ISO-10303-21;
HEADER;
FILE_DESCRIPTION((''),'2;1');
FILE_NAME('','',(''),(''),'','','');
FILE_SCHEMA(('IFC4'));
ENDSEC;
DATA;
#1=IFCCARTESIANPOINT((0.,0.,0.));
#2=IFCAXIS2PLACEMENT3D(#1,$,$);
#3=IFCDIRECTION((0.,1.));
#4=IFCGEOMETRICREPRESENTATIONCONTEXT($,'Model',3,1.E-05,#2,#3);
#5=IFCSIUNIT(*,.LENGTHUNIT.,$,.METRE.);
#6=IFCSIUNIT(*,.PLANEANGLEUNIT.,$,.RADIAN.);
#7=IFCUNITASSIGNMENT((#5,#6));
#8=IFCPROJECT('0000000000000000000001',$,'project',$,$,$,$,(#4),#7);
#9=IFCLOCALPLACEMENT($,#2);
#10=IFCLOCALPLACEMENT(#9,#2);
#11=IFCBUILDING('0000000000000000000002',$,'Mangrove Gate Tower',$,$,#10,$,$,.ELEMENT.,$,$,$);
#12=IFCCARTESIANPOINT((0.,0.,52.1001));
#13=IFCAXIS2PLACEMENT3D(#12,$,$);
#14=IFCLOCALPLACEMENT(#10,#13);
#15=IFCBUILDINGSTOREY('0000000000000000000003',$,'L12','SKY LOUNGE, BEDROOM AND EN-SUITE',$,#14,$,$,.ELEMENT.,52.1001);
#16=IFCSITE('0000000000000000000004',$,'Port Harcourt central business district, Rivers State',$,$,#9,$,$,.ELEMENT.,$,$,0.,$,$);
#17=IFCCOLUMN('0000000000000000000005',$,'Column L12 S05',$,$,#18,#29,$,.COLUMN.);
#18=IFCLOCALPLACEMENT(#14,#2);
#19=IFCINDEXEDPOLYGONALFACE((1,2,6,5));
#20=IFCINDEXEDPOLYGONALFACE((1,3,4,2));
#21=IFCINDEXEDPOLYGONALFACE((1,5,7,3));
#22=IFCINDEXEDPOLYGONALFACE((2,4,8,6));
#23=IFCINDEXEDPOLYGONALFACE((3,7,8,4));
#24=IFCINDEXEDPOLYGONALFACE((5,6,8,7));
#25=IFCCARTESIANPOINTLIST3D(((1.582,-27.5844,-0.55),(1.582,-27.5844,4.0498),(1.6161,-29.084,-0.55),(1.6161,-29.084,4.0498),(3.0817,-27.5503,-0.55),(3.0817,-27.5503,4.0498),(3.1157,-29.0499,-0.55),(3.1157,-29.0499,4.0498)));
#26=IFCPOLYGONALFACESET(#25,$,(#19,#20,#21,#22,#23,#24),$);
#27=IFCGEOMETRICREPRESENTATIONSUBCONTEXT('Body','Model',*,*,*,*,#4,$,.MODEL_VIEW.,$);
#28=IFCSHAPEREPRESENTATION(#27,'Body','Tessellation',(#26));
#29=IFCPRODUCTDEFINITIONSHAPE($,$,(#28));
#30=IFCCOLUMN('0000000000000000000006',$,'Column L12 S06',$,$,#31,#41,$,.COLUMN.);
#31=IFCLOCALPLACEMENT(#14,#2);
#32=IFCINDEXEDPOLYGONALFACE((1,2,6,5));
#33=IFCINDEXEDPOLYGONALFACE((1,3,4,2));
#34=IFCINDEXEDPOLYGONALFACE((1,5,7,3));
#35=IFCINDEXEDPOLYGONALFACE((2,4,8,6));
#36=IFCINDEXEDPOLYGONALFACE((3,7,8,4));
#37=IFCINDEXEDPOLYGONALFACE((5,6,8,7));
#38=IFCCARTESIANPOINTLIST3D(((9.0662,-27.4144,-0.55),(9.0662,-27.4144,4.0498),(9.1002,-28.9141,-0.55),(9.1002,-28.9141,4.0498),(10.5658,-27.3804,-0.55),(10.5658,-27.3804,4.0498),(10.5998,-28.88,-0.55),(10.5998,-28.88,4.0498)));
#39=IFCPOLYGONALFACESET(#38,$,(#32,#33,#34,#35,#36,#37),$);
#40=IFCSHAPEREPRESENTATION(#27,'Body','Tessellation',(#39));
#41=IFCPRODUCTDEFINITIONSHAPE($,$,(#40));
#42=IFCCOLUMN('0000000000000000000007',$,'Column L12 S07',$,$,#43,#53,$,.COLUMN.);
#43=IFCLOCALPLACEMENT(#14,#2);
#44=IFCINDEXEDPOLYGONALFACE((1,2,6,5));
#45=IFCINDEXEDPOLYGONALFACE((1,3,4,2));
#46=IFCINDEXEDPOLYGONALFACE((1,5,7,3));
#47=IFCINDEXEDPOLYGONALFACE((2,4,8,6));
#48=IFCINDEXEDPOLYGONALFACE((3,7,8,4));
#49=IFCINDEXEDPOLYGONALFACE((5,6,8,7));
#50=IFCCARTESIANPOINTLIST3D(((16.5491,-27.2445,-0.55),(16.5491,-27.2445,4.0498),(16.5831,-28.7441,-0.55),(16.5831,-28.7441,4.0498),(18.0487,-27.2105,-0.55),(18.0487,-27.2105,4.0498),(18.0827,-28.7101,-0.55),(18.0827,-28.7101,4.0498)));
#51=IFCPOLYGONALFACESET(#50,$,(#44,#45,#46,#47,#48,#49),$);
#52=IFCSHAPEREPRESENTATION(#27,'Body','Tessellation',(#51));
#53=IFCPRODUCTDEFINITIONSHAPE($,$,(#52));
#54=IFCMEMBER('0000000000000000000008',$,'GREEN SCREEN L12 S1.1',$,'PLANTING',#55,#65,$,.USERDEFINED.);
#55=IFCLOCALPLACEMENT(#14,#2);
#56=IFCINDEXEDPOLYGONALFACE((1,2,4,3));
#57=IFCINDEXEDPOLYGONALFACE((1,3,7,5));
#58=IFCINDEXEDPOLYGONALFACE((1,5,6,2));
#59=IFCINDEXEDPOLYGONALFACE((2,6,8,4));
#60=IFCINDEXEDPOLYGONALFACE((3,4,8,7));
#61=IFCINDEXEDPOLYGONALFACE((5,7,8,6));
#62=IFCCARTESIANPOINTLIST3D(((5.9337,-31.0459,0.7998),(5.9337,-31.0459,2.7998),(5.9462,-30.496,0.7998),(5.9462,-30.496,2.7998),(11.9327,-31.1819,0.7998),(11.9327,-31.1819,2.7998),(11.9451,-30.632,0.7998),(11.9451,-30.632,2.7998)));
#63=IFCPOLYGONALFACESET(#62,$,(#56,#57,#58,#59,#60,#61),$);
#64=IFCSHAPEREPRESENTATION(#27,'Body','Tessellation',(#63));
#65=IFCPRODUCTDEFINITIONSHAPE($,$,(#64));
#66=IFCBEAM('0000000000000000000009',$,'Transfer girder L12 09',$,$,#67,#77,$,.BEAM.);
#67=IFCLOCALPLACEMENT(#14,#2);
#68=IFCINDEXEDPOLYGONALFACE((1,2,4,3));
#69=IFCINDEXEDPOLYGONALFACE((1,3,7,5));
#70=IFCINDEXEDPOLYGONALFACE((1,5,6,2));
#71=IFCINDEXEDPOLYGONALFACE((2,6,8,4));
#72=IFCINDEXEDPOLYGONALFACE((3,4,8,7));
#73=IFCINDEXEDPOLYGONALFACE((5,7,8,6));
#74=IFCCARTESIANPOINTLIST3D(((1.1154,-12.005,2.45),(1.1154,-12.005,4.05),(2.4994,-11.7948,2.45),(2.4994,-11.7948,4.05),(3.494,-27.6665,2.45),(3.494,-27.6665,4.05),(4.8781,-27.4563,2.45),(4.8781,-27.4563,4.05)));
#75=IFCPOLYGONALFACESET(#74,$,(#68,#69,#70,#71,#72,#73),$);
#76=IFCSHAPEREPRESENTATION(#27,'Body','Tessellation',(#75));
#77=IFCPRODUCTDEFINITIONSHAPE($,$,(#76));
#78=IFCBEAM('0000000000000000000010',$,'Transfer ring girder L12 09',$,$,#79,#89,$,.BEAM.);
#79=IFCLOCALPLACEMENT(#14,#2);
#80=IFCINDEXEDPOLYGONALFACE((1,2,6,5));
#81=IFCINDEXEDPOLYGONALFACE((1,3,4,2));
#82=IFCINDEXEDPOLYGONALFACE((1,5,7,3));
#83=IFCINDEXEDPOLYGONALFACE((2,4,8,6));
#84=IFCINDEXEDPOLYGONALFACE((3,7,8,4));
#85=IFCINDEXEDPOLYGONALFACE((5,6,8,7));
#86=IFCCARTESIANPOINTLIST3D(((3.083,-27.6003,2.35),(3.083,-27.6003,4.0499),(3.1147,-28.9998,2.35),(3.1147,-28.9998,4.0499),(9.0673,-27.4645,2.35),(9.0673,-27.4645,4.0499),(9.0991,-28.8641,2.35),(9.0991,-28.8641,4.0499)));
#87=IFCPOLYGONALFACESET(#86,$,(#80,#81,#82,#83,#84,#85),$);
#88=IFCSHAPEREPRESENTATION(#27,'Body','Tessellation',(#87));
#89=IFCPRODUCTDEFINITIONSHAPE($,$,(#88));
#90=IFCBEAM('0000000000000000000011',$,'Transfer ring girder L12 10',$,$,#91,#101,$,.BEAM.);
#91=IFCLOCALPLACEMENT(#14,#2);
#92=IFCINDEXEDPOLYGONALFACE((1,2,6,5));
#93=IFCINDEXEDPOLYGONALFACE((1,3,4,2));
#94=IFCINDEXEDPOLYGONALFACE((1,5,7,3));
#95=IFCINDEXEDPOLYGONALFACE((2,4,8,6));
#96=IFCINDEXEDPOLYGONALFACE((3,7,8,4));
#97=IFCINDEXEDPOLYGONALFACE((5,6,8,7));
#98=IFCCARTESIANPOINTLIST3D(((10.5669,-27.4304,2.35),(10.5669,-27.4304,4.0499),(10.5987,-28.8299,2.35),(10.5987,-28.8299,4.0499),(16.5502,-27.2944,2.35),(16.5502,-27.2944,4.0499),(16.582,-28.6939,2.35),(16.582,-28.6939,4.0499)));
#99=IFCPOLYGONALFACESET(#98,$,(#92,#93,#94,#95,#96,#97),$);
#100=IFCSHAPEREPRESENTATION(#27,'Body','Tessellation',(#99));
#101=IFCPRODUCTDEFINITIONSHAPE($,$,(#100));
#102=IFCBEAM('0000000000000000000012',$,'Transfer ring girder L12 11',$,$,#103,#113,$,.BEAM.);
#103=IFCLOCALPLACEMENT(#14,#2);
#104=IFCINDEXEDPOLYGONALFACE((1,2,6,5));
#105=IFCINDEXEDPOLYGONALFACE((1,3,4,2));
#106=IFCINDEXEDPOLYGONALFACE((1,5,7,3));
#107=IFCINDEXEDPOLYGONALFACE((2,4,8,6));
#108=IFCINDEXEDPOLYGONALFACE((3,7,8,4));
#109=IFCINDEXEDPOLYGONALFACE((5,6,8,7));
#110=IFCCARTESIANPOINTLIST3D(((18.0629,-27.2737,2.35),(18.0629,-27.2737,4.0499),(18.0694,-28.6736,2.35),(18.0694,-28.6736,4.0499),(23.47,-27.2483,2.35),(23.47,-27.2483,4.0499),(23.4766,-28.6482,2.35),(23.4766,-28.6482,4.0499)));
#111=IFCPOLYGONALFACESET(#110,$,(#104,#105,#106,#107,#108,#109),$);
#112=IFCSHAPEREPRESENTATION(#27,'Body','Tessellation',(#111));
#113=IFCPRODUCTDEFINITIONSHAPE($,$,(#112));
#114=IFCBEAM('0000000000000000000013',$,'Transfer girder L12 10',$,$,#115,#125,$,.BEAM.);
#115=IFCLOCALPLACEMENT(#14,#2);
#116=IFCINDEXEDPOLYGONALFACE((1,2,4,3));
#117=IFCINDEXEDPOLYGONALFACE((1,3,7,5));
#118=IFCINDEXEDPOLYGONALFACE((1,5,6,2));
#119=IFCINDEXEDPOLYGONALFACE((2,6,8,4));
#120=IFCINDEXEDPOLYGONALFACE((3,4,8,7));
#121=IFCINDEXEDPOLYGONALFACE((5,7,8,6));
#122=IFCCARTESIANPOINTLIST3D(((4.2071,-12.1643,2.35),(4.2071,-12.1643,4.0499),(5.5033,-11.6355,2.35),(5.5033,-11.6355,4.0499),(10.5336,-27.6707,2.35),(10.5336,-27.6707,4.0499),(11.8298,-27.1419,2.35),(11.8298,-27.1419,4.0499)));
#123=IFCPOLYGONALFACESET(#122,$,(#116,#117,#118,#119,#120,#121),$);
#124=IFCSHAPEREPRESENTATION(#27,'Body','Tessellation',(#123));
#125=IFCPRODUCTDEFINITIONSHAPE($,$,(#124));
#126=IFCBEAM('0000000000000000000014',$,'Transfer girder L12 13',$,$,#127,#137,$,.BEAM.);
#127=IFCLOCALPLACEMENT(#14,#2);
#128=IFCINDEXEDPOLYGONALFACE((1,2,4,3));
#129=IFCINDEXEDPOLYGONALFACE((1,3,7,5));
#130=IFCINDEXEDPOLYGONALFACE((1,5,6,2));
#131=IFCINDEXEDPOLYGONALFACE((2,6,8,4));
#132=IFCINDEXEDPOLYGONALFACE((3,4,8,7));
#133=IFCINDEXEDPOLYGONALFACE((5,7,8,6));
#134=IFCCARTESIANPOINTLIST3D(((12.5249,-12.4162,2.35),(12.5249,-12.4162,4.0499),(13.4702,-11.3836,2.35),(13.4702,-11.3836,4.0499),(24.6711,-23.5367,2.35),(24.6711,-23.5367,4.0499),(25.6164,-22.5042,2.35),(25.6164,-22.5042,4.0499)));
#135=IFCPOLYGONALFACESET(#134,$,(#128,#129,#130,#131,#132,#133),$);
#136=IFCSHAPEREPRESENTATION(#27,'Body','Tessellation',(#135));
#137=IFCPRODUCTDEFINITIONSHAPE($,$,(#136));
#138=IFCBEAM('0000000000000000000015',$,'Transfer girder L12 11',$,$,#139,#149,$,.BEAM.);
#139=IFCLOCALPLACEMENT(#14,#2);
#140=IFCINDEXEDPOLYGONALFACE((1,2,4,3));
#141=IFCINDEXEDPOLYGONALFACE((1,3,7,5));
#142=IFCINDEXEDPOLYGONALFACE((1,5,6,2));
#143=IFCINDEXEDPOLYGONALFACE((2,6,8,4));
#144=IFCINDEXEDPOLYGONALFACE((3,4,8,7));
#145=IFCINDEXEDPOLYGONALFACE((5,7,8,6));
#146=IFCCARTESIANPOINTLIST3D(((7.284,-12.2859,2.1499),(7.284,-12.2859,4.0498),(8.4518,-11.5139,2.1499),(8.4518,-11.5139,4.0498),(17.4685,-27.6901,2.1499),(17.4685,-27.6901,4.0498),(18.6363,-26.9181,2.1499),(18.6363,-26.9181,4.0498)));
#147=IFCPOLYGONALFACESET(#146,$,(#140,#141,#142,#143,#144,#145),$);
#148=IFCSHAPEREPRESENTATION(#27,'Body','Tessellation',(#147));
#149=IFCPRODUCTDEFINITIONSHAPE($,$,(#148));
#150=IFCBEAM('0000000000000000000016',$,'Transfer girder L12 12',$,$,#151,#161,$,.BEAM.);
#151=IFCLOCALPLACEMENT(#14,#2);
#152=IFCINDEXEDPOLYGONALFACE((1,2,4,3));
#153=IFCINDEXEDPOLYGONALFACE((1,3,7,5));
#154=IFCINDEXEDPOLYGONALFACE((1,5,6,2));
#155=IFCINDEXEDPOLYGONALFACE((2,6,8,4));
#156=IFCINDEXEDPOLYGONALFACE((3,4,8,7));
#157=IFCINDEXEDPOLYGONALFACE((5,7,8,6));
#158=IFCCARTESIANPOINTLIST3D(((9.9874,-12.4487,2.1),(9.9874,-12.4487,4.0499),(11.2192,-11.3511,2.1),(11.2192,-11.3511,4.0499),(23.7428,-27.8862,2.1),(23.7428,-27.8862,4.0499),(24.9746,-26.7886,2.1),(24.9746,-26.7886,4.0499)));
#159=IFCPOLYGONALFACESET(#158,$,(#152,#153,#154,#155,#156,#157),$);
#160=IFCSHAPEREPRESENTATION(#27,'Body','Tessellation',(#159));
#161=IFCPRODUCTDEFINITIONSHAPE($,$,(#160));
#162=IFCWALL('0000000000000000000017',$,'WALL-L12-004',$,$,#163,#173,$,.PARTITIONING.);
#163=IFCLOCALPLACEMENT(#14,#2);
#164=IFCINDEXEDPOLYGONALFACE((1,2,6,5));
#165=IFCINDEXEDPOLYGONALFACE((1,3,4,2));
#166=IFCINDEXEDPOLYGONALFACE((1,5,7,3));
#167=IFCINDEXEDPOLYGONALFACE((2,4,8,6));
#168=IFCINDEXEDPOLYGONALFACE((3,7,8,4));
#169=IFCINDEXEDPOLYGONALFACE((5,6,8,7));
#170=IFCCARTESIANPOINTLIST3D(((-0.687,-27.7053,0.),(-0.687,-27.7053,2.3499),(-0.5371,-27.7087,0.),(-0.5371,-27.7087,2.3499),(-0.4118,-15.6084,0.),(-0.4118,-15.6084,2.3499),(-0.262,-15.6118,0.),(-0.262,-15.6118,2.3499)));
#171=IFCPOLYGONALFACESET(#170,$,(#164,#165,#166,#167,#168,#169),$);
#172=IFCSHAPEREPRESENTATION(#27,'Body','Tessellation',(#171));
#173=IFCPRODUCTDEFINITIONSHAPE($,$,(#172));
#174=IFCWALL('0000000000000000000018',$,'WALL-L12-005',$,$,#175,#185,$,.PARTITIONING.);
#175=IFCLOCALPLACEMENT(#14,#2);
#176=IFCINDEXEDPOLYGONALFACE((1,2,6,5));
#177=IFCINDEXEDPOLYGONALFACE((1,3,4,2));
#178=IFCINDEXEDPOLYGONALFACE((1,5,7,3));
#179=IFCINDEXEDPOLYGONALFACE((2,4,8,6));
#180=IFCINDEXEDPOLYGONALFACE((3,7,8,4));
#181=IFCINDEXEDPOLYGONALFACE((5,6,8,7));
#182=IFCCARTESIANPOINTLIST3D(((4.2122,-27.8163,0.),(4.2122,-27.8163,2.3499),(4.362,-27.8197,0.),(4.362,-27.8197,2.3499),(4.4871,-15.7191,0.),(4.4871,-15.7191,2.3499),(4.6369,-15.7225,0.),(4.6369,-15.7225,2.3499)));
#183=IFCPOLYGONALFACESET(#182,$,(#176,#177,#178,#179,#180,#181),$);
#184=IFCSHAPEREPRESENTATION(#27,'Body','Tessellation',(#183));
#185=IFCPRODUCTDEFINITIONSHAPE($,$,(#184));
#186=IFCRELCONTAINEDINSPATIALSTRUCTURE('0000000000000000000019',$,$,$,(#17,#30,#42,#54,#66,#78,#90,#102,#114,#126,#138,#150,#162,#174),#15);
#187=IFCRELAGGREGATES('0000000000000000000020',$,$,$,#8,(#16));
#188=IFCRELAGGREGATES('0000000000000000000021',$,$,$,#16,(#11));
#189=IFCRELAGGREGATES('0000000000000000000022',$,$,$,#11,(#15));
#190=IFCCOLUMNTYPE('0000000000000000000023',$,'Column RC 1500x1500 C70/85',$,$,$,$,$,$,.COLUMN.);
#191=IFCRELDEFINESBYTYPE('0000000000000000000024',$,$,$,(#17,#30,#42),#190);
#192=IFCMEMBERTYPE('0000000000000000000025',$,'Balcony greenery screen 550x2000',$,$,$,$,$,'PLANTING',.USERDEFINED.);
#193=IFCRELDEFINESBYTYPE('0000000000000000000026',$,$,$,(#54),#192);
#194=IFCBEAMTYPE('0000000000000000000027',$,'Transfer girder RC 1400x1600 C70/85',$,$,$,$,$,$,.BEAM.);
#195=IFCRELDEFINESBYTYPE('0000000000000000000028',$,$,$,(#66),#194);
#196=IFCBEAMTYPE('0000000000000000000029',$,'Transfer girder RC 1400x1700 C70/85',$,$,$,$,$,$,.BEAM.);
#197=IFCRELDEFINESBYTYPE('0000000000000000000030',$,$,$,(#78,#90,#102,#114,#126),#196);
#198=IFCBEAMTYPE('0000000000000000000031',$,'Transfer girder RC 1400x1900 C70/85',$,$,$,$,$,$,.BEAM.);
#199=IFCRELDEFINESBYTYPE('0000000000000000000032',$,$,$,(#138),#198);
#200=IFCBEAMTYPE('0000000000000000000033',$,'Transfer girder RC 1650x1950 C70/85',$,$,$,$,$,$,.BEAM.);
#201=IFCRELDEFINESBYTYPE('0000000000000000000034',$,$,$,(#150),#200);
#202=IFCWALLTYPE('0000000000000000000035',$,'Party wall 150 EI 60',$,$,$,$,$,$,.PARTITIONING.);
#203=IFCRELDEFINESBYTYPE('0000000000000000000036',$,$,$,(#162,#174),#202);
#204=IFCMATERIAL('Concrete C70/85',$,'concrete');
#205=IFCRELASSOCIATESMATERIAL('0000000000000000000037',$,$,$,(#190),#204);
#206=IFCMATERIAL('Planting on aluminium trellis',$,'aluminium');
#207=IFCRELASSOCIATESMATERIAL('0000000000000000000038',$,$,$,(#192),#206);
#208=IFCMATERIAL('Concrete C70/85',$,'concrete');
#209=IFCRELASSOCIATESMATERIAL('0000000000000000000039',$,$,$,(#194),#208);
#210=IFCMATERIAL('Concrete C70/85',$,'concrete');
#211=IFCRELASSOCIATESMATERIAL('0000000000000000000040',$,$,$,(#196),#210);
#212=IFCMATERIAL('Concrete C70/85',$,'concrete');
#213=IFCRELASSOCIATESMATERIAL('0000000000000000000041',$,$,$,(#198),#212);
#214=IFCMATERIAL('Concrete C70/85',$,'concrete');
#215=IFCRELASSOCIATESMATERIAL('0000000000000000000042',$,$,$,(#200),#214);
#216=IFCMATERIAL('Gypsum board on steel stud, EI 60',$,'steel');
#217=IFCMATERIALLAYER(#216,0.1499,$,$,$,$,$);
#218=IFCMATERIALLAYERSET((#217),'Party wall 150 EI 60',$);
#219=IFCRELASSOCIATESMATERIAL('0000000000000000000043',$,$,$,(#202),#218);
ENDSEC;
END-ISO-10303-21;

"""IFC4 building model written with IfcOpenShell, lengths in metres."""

from ifc_helpers import new_model, si_unit, direction, frame, frame_2d, origin, origin_2d, place, context, subcontext, project, spatial, rectangle, extrude, material, layer, layer_set, material_profile, profile_set, type_object, element, save


model = new_model("IFC4")

# Units and contexts
model_context = context("Model", 3, precision=1e-05, world=origin(), true_north=direction((0.0, 1.0)))
body_context = subcontext(model_context, "Body", "Model", "MODEL_VIEW")
ifc_project = project(units=[si_unit("LENGTHUNIT", "METRE"), si_unit("PLANEANGLEUNIT", "RADIAN")], contexts=[model_context])

# Site, building, storey
site_placement = place(None, origin())
site = spatial("IfcSite", under=ifc_project, at=site_placement, Name="Port Harcourt central business district, Rivers State", CompositionType="ELEMENT", RefElevation=0.0)
building_placement = place(site_placement, origin())
building = spatial("IfcBuilding", under=site, at=building_placement, Name="Mangrove Gate Tower", CompositionType="ELEMENT")
storey_placement = place(building_placement, frame((0.0, 0.0, 52.1001)))
storey = spatial("IfcBuildingStorey", under=building, at=storey_placement, Name="L12", Description="SKY LOUNGE, BEDROOM AND EN-SUITE", CompositionType="ELEMENT", Elevation=52.1001)

# Columns
ifc_material_1 = material(Name="Concrete C70/85", Category="concrete")
ifc_material_profile_1 = material_profile(ifc_material_1, rectangle(XDim=1.5, YDim=1.5, at=origin_2d()))
ifc_profile_set_1 = profile_set([ifc_material_profile_1], Name="Concrete C70/85")
column_type = type_object("IfcColumnType", Name="Column RC 1500x1500 C70/85", PredefinedType="COLUMN", material=ifc_profile_set_1)
for number, where, z_axis, x_axis, name in (
    (1, (2.3489, -28.3171, -0.55), (0.0, 0.0, 1.0), (0.999742, 0.022709, 0.0), "Column L12 S05"),
    (2, (9.833, -28.1472, -0.55), (0.0, 0.0, 1.0), (0.999742, 0.022711, 0.0), "Column L12 S06"),
    (3, (17.3159, -27.9773, -0.55), (0.0, 0.0, 1.0), (0.999744, 0.022644, 0.0), "Column L12 S07"),
):
    element("IfcColumn", number, at=place(storey_placement, frame(where, z_axis=z_axis, x_axis=x_axis)), inside=storey, type_object=column_type, Name=name, PredefinedType="COLUMN", context=body_context, shape_type="SweptSolid", body=[
        extrude(rectangle(XDim=1.5, YDim=1.5, at=origin_2d()), origin(), (0.0, 0.0, 1.0), 4.5999),
    ])

# Member
ifc_material_2 = material(Name="Planting on aluminium trellis", Category="aluminium")
ifc_material_profile_2 = material_profile(ifc_material_2, rectangle(XDim=0.55, YDim=2.0, at=origin_2d()))
ifc_profile_set_2 = profile_set([ifc_material_profile_2], Name="Planting on aluminium trellis")
member_type = type_object("IfcMemberType", Name="Balcony greenery screen 550x2000", ElementType="PLANTING", PredefinedType="USERDEFINED", material=ifc_profile_set_2)
member_placement = place(storey_placement, frame((5.9399, -30.771, 1.7998), z_axis=(0.999743, -0.022662, 0.0), x_axis=(0.022662, 0.999743, 0.0)))
element("IfcMember", 4, at=member_placement, inside=storey, type_object=member_type, Name="GREEN SCREEN L12 S1.1", ObjectType="PLANTING", PredefinedType="USERDEFINED", context=body_context, shape_type="SweptSolid", body=[
    extrude(rectangle(XDim=0.55, YDim=2.0, at=origin_2d()), origin(), (0.0, 0.0, 1.0), 6.0005),
])

# Beams
ifc_material_3 = material(Name="Concrete C70/85", Category="concrete")
ifc_material_profile_3 = material_profile(ifc_material_3, rectangle(XDim=1.3999, YDim=1.6001, at=origin_2d()))
ifc_profile_set_3 = profile_set([ifc_material_profile_3], Name="Concrete C70/85")
beam_type_1 = type_object("IfcBeamType", Name="Transfer girder RC 1400x1600 C70/85", PredefinedType="BEAM", material=ifc_profile_set_3)
beam_1_placement = place(storey_placement, frame((1.8074, -11.8999, 3.25), z_axis=(0.150159, -0.988662, 0.0), x_axis=(0.988662, 0.150159, 0.0)))
element("IfcBeam", 5, at=beam_1_placement, inside=storey, type_object=beam_type_1, Name="Transfer girder L12 09", PredefinedType="BEAM", context=body_context, shape_type="SweptSolid", body=[
    extrude(rectangle(XDim=1.3999, YDim=1.6001, at=origin_2d()), origin(), (0.0, 0.0, 1.0), 15.8411),
])
ifc_material_4 = material(Name="Concrete C70/85", Category="concrete")
ifc_material_profile_4 = material_profile(ifc_material_4, rectangle(XDim=1.3999, YDim=1.7, at=origin_2d()))
ifc_profile_set_4 = profile_set([ifc_material_profile_4], Name="Concrete C70/85")
beam_type_2 = type_object("IfcBeamType", Name="Transfer girder RC 1400x1700 C70/85", PredefinedType="BEAM", material=ifc_profile_set_4)
beam_2_placement = place(storey_placement, frame((3.0989, -28.3, 3.2), z_axis=(0.999743, 0.022677, 0.0), x_axis=(-0.022677, 0.999743, 0.0)))
element("IfcBeam", 6, at=beam_2_placement, inside=storey, type_object=beam_type_2, Name="Transfer ring girder L12 09", PredefinedType="BEAM", context=body_context, shape_type="SweptSolid", body=[
    extrude(rectangle(XDim=1.3999, YDim=1.7, at=origin_2d()), origin(), (0.0, 0.0, 1.0), 5.9858),
])
beam_3_placement = place(storey_placement, frame((10.5828, -28.1301, 3.2), z_axis=(0.999742, 0.022721, 0.0), x_axis=(-0.022721, 0.999742, 0.0)))
element("IfcBeam", 7, at=beam_3_placement, inside=storey, type_object=beam_type_2, Name="Transfer ring girder L12 10", PredefinedType="BEAM", context=body_context, shape_type="SweptSolid", body=[
    extrude(rectangle(XDim=1.3999, YDim=1.7, at=origin_2d()), origin(), (0.0, 0.0, 1.0), 5.9849),
])
beam_4_placement = place(storey_placement, frame((18.0662, -27.9736, 3.2), z_axis=(0.999989, 0.004696, 0.0), x_axis=(-0.004696, 0.999989, 0.0)))
element("IfcBeam", 8, at=beam_4_placement, inside=storey, type_object=beam_type_2, Name="Transfer ring girder L12 11", PredefinedType="BEAM", context=body_context, shape_type="SweptSolid", body=[
    extrude(rectangle(XDim=1.3999, YDim=1.7, at=origin_2d()), origin(), (0.0, 0.0, 1.0), 5.4072),
])
beam_5_placement = place(storey_placement, frame((4.8552, -11.8999, 3.2), z_axis=(0.377759, -0.925904, 0.0), x_axis=(0.925904, 0.377759, 0.0)))
element("IfcBeam", 9, at=beam_5_placement, inside=storey, type_object=beam_type_2, Name="Transfer girder L12 10", PredefinedType="BEAM", context=body_context, shape_type="SweptSolid", body=[
    extrude(rectangle(XDim=1.3999, YDim=1.7, at=origin_2d()), origin(), (0.0, 0.0, 1.0), 16.7473),
])
beam_6_placement = place(storey_placement, frame((12.9976, -11.8999, 3.2), z_axis=(0.737561, -0.675281, 0.0), x_axis=(0.675281, 0.737561, 0.0)))
element("IfcBeam", 10, at=beam_6_placement, inside=storey, type_object=beam_type_2, Name="Transfer girder L12 13", PredefinedType="BEAM", context=body_context, shape_type="SweptSolid", body=[
    extrude(rectangle(XDim=1.3999, YDim=1.7, at=origin_2d()), origin(), (0.0, 0.0, 1.0), 16.468),
])
ifc_material_5 = material(Name="Concrete C70/85", Category="concrete")
ifc_material_profile_5 = material_profile(ifc_material_5, rectangle(XDim=1.3999, YDim=1.8999, at=origin_2d()))
ifc_profile_set_5 = profile_set([ifc_material_profile_5], Name="Concrete C70/85")
beam_type_3 = type_object("IfcBeamType", Name="Transfer girder RC 1400x1900 C70/85", PredefinedType="BEAM", material=ifc_profile_set_5)
beam_7_placement = place(storey_placement, frame((7.8679, -11.8999, 3.0999), z_axis=(0.551511, -0.834168, 0.0), x_axis=(0.834168, 0.551511, 0.0)))
element("IfcBeam", 11, at=beam_7_placement, inside=storey, type_object=beam_type_3, Name="Transfer girder L12 11", PredefinedType="BEAM", context=body_context, shape_type="SweptSolid", body=[
    extrude(rectangle(XDim=1.3999, YDim=1.8999, at=origin_2d()), origin(), (0.0, 0.0, 1.0), 18.4666),
])
ifc_material_6 = material(Name="Concrete C70/85", Category="concrete")
ifc_material_profile_6 = material_profile(ifc_material_6, rectangle(XDim=1.6499, YDim=1.95, at=origin_2d()))
ifc_profile_set_6 = profile_set([ifc_material_profile_6], Name="Concrete C70/85")
beam_type_4 = type_object("IfcBeamType", Name="Transfer girder RC 1650x1950 C70/85", PredefinedType="BEAM", material=ifc_profile_set_6)
beam_8_placement = place(storey_placement, frame((10.6033, -11.8999, 3.075), z_axis=(0.665259, -0.746613, 0.0), x_axis=(0.746613, 0.665259, 0.0)))
element("IfcBeam", 12, at=beam_8_placement, inside=storey, type_object=beam_type_4, Name="Transfer girder L12 12", PredefinedType="BEAM", context=body_context, shape_type="SweptSolid", body=[
    extrude(rectangle(XDim=1.6499, YDim=1.95, at=origin_2d()), origin(), (0.0, 0.0, 1.0), 20.6768),
])

# Walls
ifc_material_7 = material(Name="Gypsum board on steel stud, EI 60", Category="steel")
ifc_layer_1 = layer(ifc_material_7, 0.1499)
ifc_layer_set_1 = layer_set([ifc_layer_1], Name="Party wall 150 EI 60")
wall_type_1 = type_object("IfcWallType", Name="Party wall 150 EI 60", PredefinedType="PARTITIONING", material=ifc_layer_set_1)
wall_1_placement = place(storey_placement, frame((-0.6121, -27.707, 0.0), z_axis=(0.0, 0.0, 1.0), x_axis=(0.022739, 0.999741, 0.0)))
element("IfcWall", 13, at=wall_1_placement, inside=storey, type_object=wall_type_1, Name="WALL-L12-004", PredefinedType="PARTITIONING", context=body_context, shape_type="SweptSolid", body=[
    extrude(rectangle(XDim=12.1001, YDim=0.1499, at=frame_2d((6.05, 0.0))), origin(), (0.0, 0.0, 1.0), 2.3499),
])
wall_2_placement = place(storey_placement, frame((4.2871, -27.8181, 0.0), z_axis=(0.0, 0.0, 1.0), x_axis=(0.022719, 0.999742, 0.0)))
element("IfcWall", 14, at=wall_2_placement, inside=storey, type_object=wall_type_1, Name="WALL-L12-005", PredefinedType="PARTITIONING", context=body_context, shape_type="SweptSolid", body=[
    extrude(rectangle(XDim=12.1003, YDim=0.1499, at=frame_2d((6.0503, 0.0))), origin(), (0.0, 0.0, 1.0), 2.3499),
])

save(model, "model.ifc")
